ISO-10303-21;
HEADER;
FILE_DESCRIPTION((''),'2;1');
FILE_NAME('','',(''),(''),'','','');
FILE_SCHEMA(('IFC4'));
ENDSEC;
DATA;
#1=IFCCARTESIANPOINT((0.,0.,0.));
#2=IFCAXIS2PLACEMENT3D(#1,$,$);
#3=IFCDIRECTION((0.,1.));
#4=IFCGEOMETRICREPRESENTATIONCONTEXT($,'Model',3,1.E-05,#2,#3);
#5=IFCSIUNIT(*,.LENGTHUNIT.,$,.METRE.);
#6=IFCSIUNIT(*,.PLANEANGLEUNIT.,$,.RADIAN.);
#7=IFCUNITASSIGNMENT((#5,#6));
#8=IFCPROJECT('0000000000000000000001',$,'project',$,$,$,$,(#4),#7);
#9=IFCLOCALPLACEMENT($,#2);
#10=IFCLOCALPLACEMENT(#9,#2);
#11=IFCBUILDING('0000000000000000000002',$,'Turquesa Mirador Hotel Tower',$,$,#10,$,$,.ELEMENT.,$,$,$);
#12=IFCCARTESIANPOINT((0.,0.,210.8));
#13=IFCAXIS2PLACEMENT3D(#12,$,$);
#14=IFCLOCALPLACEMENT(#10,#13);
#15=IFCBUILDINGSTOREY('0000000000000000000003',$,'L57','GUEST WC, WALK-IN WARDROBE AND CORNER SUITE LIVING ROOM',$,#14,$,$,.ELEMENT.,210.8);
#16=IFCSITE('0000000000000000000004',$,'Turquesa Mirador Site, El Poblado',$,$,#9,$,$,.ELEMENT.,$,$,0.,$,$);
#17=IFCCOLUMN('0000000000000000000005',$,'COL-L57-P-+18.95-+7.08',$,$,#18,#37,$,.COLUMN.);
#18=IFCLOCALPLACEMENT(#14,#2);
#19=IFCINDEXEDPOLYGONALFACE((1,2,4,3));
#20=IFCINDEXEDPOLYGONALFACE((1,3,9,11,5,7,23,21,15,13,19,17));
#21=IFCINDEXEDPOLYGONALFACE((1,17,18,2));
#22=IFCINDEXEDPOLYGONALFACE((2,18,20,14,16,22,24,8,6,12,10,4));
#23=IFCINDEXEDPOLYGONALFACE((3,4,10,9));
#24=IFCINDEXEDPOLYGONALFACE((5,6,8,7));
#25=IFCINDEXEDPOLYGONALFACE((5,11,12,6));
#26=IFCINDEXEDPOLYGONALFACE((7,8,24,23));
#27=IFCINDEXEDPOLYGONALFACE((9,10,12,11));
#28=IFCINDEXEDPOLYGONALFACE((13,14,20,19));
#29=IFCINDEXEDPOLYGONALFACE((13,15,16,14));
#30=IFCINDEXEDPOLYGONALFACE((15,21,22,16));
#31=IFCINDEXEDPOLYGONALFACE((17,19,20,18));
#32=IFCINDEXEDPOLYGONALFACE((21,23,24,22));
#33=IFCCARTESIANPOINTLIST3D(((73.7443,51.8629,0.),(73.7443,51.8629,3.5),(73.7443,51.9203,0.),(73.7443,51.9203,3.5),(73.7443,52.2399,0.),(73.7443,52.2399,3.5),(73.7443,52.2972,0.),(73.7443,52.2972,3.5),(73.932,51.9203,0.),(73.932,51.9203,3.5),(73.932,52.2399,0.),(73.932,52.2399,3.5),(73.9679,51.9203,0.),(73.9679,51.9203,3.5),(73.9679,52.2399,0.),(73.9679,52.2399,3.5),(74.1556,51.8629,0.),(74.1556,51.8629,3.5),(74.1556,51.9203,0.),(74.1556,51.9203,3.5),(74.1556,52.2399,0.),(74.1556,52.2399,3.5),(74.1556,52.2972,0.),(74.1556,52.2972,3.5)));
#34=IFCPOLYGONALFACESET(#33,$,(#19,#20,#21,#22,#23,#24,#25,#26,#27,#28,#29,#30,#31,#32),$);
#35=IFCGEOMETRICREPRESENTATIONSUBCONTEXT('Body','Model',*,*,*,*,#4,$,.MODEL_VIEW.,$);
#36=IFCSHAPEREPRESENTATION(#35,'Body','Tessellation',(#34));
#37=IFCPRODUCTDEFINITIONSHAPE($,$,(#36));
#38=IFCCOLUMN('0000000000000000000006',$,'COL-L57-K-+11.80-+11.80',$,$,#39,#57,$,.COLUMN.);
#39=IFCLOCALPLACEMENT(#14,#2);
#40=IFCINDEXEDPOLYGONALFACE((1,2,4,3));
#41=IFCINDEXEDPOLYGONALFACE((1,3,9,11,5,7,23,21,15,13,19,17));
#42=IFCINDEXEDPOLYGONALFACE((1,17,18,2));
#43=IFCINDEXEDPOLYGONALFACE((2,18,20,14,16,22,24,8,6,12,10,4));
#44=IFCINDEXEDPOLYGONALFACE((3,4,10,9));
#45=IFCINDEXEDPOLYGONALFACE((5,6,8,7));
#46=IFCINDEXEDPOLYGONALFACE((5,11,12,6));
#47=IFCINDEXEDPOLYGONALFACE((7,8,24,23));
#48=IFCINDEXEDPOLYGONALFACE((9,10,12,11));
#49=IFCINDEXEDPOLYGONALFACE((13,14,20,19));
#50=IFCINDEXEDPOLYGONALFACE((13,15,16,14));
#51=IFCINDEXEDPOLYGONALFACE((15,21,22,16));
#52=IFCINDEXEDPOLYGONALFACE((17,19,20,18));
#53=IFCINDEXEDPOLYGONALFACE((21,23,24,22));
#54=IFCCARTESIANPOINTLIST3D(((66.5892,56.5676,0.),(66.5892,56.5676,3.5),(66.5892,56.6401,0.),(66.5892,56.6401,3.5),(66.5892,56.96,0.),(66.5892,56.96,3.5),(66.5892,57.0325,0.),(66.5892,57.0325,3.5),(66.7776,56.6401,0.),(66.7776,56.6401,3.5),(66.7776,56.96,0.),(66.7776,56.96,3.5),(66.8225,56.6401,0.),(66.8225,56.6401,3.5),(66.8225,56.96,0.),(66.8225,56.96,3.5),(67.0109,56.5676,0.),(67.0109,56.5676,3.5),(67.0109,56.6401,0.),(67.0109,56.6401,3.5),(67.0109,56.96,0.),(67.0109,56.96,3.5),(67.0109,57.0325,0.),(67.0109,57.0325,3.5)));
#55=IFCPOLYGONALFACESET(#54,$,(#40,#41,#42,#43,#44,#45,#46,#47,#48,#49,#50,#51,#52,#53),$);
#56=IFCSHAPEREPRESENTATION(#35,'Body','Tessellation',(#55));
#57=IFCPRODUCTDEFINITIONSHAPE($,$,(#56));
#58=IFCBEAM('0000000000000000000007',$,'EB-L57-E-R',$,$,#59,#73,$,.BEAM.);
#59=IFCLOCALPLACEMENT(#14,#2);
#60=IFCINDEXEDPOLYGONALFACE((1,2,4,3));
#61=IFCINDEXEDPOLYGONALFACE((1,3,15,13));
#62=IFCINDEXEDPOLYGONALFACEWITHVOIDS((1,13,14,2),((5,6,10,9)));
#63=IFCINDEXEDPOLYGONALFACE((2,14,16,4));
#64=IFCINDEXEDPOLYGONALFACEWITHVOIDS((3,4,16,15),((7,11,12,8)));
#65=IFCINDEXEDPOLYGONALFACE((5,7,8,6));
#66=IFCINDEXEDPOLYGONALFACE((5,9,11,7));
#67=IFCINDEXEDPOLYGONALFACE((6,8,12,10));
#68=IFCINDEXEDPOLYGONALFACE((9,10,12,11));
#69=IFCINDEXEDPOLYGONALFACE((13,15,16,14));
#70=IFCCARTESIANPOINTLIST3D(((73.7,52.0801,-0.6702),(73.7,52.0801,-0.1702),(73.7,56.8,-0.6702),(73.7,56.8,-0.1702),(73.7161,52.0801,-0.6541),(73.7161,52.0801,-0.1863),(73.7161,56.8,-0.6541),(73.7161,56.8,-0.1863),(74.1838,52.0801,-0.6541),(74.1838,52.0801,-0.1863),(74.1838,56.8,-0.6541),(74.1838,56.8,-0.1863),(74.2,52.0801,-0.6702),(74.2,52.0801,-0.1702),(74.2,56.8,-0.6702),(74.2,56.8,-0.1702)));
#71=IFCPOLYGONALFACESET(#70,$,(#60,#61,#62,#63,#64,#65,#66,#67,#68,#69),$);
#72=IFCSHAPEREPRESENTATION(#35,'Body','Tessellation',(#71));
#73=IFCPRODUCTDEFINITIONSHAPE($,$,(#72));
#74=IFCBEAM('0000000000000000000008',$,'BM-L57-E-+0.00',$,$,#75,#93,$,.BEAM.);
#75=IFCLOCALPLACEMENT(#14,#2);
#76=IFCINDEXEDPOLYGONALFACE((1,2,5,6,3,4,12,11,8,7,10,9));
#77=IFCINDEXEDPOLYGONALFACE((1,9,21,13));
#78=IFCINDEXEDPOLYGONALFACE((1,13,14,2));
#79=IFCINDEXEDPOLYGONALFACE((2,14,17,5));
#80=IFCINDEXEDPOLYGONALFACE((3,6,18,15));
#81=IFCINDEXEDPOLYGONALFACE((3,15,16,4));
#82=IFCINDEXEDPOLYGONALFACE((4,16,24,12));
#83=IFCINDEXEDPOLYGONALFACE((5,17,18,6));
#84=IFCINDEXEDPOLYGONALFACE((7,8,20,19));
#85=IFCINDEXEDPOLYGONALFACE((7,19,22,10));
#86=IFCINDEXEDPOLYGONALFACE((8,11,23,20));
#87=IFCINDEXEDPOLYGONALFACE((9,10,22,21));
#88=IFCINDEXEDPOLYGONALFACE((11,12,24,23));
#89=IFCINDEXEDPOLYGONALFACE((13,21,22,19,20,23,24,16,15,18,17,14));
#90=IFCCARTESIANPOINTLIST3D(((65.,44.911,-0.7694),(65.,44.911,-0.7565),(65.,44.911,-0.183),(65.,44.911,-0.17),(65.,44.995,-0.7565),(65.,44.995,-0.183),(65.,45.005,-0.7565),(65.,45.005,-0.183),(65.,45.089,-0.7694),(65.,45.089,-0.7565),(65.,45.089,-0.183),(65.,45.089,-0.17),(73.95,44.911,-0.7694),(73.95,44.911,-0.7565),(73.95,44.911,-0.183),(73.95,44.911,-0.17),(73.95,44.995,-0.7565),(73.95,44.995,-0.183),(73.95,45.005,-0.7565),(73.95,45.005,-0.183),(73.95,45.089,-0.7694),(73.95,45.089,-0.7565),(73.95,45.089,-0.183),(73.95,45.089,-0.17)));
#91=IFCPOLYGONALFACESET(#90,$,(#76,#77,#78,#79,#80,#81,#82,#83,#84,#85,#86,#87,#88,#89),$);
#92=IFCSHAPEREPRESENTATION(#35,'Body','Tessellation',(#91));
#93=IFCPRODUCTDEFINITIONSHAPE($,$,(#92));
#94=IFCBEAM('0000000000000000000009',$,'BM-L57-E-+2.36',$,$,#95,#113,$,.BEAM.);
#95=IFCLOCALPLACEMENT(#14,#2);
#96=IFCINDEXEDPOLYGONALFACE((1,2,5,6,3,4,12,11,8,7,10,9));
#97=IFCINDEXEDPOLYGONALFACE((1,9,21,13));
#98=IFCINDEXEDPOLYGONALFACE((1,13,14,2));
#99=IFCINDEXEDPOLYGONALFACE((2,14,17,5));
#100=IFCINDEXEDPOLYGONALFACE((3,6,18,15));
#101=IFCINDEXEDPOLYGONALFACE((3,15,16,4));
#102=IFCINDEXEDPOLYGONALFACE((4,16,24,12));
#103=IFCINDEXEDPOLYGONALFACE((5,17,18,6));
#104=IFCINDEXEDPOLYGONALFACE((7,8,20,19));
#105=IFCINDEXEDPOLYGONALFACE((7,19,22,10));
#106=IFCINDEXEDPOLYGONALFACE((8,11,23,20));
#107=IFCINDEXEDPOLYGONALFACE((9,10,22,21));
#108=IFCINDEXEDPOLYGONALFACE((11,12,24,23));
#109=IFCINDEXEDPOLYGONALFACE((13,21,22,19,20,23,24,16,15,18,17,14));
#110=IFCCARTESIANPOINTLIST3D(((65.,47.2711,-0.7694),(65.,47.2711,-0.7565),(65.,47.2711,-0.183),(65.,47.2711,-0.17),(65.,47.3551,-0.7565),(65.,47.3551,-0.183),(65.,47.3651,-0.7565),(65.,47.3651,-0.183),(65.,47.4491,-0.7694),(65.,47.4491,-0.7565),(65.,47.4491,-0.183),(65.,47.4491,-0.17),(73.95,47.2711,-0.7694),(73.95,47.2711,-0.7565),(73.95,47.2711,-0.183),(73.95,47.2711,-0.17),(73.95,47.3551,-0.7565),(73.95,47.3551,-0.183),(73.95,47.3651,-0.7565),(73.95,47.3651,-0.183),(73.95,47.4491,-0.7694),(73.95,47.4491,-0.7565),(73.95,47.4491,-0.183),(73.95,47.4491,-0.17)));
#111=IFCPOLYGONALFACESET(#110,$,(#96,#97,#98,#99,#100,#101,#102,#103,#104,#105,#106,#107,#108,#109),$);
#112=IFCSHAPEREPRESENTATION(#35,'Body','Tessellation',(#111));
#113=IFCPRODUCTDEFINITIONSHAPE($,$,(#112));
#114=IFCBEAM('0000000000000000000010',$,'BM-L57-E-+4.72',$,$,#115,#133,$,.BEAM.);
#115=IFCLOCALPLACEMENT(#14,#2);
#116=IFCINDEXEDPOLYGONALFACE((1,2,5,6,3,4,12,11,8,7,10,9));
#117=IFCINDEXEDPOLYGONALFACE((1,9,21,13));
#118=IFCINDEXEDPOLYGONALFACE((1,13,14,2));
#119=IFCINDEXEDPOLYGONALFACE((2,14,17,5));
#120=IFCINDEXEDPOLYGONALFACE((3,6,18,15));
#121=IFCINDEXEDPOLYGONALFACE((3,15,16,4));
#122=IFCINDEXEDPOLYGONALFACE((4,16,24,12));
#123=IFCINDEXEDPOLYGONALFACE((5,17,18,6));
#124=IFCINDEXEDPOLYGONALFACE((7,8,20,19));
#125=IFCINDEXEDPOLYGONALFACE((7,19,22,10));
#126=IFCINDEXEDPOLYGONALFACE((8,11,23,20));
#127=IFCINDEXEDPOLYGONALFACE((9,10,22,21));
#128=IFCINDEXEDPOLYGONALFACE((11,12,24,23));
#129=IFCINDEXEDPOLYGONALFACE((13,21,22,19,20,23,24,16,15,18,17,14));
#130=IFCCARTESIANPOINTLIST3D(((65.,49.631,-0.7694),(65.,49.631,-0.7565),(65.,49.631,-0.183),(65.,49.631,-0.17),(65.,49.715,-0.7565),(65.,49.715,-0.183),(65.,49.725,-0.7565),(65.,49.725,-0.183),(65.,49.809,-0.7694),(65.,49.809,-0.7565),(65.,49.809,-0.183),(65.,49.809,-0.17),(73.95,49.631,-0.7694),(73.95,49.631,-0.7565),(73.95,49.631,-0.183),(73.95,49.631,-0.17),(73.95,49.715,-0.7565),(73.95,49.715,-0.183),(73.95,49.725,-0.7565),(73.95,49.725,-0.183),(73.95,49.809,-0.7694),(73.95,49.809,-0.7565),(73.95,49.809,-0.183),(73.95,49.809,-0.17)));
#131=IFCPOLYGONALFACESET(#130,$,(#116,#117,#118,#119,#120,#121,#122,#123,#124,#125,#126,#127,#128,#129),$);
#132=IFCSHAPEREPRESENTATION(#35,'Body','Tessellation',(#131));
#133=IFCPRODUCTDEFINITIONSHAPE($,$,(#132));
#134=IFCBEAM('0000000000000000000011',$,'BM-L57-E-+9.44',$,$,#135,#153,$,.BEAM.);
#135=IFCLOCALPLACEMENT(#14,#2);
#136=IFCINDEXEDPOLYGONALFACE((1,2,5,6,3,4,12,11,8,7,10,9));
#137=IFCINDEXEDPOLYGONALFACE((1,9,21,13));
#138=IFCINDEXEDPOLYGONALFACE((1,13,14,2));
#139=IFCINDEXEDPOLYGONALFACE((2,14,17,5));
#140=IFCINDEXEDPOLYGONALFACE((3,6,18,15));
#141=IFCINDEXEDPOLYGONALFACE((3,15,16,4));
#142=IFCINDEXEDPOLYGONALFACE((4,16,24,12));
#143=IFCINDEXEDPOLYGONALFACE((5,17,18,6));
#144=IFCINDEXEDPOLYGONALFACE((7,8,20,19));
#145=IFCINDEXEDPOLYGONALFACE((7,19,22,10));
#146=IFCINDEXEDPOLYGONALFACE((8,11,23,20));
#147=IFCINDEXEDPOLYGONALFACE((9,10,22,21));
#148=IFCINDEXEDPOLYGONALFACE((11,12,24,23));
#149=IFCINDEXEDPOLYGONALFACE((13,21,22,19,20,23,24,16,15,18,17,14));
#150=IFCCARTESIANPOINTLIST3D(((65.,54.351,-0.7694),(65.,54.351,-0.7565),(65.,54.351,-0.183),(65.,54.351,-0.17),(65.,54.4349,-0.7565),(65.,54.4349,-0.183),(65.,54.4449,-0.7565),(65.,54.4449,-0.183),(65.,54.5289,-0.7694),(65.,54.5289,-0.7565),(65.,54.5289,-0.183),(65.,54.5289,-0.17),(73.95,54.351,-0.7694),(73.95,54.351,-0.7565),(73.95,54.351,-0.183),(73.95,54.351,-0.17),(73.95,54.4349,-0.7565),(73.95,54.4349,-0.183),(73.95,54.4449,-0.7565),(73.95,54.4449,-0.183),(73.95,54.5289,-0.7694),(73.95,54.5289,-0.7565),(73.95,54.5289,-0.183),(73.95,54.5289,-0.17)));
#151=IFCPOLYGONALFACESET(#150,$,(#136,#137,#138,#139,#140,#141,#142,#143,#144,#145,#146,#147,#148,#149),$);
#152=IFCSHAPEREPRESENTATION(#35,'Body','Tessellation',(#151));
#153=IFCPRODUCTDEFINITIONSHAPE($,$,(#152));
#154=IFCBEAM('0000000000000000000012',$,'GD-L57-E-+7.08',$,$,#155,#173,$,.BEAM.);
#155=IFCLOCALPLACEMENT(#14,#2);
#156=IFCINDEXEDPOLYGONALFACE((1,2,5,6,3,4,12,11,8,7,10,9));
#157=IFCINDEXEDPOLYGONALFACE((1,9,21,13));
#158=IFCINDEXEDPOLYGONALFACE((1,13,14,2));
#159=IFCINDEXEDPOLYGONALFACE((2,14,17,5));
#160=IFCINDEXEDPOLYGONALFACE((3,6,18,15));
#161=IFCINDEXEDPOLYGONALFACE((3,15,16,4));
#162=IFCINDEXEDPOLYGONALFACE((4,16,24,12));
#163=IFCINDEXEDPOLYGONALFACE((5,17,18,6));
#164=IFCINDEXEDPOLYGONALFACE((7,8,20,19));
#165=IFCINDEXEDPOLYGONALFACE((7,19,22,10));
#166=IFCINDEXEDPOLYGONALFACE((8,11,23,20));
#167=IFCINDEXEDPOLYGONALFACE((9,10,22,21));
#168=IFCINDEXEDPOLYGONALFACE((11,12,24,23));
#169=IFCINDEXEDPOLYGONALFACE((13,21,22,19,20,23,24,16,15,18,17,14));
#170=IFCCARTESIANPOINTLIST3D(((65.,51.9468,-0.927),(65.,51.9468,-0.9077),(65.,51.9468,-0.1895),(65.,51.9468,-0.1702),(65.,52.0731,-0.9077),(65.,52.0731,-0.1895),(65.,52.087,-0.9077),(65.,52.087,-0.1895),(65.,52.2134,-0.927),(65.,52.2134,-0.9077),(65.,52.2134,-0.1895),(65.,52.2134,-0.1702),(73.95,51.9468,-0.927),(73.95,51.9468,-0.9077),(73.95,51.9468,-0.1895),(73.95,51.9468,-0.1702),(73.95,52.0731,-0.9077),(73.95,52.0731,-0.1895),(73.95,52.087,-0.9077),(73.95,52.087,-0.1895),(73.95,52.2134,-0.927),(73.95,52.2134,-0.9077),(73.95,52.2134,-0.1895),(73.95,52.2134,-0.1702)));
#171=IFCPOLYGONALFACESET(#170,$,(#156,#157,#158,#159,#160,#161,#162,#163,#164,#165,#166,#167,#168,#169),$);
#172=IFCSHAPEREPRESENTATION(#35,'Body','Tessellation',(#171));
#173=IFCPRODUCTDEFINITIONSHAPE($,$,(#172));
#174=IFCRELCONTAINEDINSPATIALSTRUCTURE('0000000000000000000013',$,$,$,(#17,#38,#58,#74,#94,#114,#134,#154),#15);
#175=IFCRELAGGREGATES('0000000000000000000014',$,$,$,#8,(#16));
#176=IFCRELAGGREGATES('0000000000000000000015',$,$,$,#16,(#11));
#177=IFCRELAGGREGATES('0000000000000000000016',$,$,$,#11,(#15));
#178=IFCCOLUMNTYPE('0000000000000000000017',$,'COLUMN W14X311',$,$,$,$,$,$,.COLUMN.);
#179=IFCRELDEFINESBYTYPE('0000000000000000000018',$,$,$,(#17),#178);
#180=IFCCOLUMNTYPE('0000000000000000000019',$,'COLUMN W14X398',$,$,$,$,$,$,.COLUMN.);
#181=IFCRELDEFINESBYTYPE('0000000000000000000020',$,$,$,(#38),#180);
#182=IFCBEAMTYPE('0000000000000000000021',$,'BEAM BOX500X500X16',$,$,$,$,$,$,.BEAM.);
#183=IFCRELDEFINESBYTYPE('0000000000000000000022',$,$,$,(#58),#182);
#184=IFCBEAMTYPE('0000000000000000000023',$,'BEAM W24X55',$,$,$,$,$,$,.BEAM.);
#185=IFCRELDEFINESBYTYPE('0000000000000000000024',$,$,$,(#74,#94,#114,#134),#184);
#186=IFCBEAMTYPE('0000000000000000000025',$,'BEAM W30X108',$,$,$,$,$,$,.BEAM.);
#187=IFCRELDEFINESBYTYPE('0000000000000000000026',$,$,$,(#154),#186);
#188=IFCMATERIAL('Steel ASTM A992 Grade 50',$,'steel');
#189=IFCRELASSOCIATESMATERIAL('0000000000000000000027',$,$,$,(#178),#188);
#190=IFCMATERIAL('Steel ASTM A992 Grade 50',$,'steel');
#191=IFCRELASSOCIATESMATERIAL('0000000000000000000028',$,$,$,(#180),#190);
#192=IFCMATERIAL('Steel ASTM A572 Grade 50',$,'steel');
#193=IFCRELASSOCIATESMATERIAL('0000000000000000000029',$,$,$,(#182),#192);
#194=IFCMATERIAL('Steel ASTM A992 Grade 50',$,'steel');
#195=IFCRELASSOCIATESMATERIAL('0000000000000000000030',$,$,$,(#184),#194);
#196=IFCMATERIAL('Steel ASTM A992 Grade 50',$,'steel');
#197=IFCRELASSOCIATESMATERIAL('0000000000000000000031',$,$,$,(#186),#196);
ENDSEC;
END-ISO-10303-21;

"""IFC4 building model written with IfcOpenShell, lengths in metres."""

from ifc_helpers import new_model, si_unit, direction, frame, origin, origin_2d, place, context, subcontext, project, spatial, hollow_rectangle, i_section, extrude, material, material_profile, profile_set, type_object, element, save


model = new_model("IFC4")

# Units and contexts
model_context = context("Model", 3, precision=1e-05, world=origin(), true_north=direction((0.0, 1.0)))
body_context = subcontext(model_context, "Body", "Model", "MODEL_VIEW")
ifc_project = project(units=[si_unit("LENGTHUNIT", "METRE"), si_unit("PLANEANGLEUNIT", "RADIAN")], contexts=[model_context])

# Site, building, storey
site_placement = place(None, origin())
site = spatial("IfcSite", under=ifc_project, at=site_placement, Name="Turquesa Mirador Site, El Poblado", CompositionType="ELEMENT", RefElevation=0.0)
building_placement = place(site_placement, origin())
building = spatial("IfcBuilding", under=site, at=building_placement, Name="Turquesa Mirador Hotel Tower", CompositionType="ELEMENT")
storey_placement = place(building_placement, frame((0.0, 0.0, 210.8)))
storey = spatial("IfcBuildingStorey", under=building, at=storey_placement, Name="L57", Description="GUEST WC, WALK-IN WARDROBE AND CORNER SUITE LIVING ROOM", CompositionType="ELEMENT", Elevation=210.8)

# Columns
ifc_material_1 = material(Name="Steel ASTM A992 Grade 50", Category="steel")
ifc_material_profile_1 = material_profile(ifc_material_1, i_section(OverallWidth=0.4114, OverallDepth=0.4343, WebThickness=0.0359, FlangeThickness=0.0574, at=origin_2d()), Name="W14X311")
ifc_profile_set_1 = profile_set([ifc_material_profile_1], Name="Steel ASTM A992 Grade 50")
column_type_1 = type_object("IfcColumnType", Name="COLUMN W14X311", PredefinedType="COLUMN", material=ifc_profile_set_1)
column_1_placement = place(storey_placement, frame((73.95, 52.0801, 0.0), z_axis=(0.0, 0.0, 1.0), x_axis=(1.0, 0.0, 0.0)))
element("IfcColumn", 1, at=column_1_placement, inside=storey, type_object=column_type_1, Name="COL-L57-P-+18.95-+7.08", PredefinedType="COLUMN", context=body_context, shape_type="SweptSolid", body=[
    extrude(i_section(OverallWidth=0.4114, OverallDepth=0.4343, WebThickness=0.0359, FlangeThickness=0.0574, at=origin_2d()), origin(), (0.0, 0.0, 1.0), 3.5),
])
ifc_material_2 = material(Name="Steel ASTM A992 Grade 50", Category="steel")
ifc_material_profile_2 = material_profile(ifc_material_2, i_section(OverallWidth=0.4216, OverallDepth=0.4648, WebThickness=0.0449, FlangeThickness=0.0725, at=origin_2d()), Name="W14X398")
ifc_profile_set_2 = profile_set([ifc_material_profile_2], Name="Steel ASTM A992 Grade 50")
column_type_2 = type_object("IfcColumnType", Name="COLUMN W14X398", PredefinedType="COLUMN", material=ifc_profile_set_2)
column_2_placement = place(storey_placement, frame((66.8, 56.8, 0.0), z_axis=(0.0, 0.0, 1.0), x_axis=(1.0, 0.0, 0.0)))
element("IfcColumn", 2, at=column_2_placement, inside=storey, type_object=column_type_2, Name="COL-L57-K-+11.80-+11.80", PredefinedType="COLUMN", context=body_context, shape_type="SweptSolid", body=[
    extrude(i_section(OverallWidth=0.4216, OverallDepth=0.4648, WebThickness=0.0449, FlangeThickness=0.0725, at=origin_2d()), origin(), (0.0, 0.0, 1.0), 3.5),
])

# Beams
ifc_material_3 = material(Name="Steel ASTM A572 Grade 50", Category="steel")
ifc_material_profile_3 = material_profile(ifc_material_3, hollow_rectangle(XDim=0.5, YDim=0.5, WallThickness=0.0161, at=origin_2d()), Name="BOX500X500X16")
ifc_profile_set_3 = profile_set([ifc_material_profile_3], Name="Steel ASTM A572 Grade 50")
beam_type_1 = type_object("IfcBeamType", Name="BEAM BOX500X500X16", PredefinedType="BEAM", material=ifc_profile_set_3)
beam_1_placement = place(storey_placement, frame((73.95, 52.0801, -0.4202), z_axis=(0.0, 1.0, 0.0), x_axis=(-1.0, 0.0, 0.0)))
element("IfcBeam", 3, at=beam_1_placement, inside=storey, type_object=beam_type_1, Name="EB-L57-E-R", PredefinedType="BEAM", context=body_context, shape_type="SweptSolid", body=[
    extrude(hollow_rectangle(XDim=0.5, YDim=0.5, WallThickness=0.0161, at=origin_2d()), origin(), (0.0, 0.0, 1.0), 4.72),
])
ifc_material_4 = material(Name="Steel ASTM A992 Grade 50", Category="steel")
ifc_material_profile_4 = material_profile(ifc_material_4, i_section(OverallWidth=0.178, OverallDepth=0.5994, WebThickness=0.01, FlangeThickness=0.0129, at=origin_2d()), Name="W24X55")
ifc_profile_set_4 = profile_set([ifc_material_profile_4], Name="Steel ASTM A992 Grade 50")
beam_type_2 = type_object("IfcBeamType", Name="BEAM W24X55", PredefinedType="BEAM", material=ifc_profile_set_4)
for number, where, z_axis, x_axis, name in (
    (4, (73.95, 45.0, -0.4697), (-1.0, 0.0, 0.0), (0.0, -1.0, 0.0), "BM-L57-E-+0.00"),
    (5, (73.95, 47.3601, -0.4697), (-1.0, 0.0, 0.0), (0.0, -1.0, 0.0), "BM-L57-E-+2.36"),
    (6, (73.95, 49.72, -0.4697), (-1.0, 0.0, 0.0), (0.0, -1.0, 0.0), "BM-L57-E-+4.72"),
    (7, (73.95, 54.4399, -0.4697), (-1.0, 0.0, 0.0), (0.0, -1.0, 0.0), "BM-L57-E-+9.44"),
):
    element("IfcBeam", number, at=place(storey_placement, frame(where, z_axis=z_axis, x_axis=x_axis)), inside=storey, type_object=beam_type_2, Name=name, PredefinedType="BEAM", context=body_context, shape_type="SweptSolid", body=[
        extrude(i_section(OverallWidth=0.178, OverallDepth=0.5994, WebThickness=0.01, FlangeThickness=0.0129, at=origin_2d()), origin(), (0.0, 0.0, 1.0), 8.95),
    ])
ifc_material_5 = material(Name="Steel ASTM A992 Grade 50", Category="steel")
ifc_material_profile_5 = material_profile(ifc_material_5, i_section(OverallWidth=0.2666, OverallDepth=0.7568, WebThickness=0.0139, FlangeThickness=0.0193, at=origin_2d()), Name="W30X108")
ifc_profile_set_5 = profile_set([ifc_material_profile_5], Name="Steel ASTM A992 Grade 50")
beam_type_3 = type_object("IfcBeamType", Name="BEAM W30X108", PredefinedType="BEAM", material=ifc_profile_set_5)
beam_2_placement = place(storey_placement, frame((73.95, 52.0801, -0.5486), z_axis=(-1.0, 0.0, 0.0), x_axis=(0.0, -1.0, 0.0)))
element("IfcBeam", 8, at=beam_2_placement, inside=storey, type_object=beam_type_3, Name="GD-L57-E-+7.08", PredefinedType="BEAM", context=body_context, shape_type="SweptSolid", body=[
    extrude(i_section(OverallWidth=0.2666, OverallDepth=0.7568, WebThickness=0.0139, FlangeThickness=0.0193, at=origin_2d()), origin(), (0.0, 0.0, 1.0), 8.95),
])

save(model, "model.ifc")
